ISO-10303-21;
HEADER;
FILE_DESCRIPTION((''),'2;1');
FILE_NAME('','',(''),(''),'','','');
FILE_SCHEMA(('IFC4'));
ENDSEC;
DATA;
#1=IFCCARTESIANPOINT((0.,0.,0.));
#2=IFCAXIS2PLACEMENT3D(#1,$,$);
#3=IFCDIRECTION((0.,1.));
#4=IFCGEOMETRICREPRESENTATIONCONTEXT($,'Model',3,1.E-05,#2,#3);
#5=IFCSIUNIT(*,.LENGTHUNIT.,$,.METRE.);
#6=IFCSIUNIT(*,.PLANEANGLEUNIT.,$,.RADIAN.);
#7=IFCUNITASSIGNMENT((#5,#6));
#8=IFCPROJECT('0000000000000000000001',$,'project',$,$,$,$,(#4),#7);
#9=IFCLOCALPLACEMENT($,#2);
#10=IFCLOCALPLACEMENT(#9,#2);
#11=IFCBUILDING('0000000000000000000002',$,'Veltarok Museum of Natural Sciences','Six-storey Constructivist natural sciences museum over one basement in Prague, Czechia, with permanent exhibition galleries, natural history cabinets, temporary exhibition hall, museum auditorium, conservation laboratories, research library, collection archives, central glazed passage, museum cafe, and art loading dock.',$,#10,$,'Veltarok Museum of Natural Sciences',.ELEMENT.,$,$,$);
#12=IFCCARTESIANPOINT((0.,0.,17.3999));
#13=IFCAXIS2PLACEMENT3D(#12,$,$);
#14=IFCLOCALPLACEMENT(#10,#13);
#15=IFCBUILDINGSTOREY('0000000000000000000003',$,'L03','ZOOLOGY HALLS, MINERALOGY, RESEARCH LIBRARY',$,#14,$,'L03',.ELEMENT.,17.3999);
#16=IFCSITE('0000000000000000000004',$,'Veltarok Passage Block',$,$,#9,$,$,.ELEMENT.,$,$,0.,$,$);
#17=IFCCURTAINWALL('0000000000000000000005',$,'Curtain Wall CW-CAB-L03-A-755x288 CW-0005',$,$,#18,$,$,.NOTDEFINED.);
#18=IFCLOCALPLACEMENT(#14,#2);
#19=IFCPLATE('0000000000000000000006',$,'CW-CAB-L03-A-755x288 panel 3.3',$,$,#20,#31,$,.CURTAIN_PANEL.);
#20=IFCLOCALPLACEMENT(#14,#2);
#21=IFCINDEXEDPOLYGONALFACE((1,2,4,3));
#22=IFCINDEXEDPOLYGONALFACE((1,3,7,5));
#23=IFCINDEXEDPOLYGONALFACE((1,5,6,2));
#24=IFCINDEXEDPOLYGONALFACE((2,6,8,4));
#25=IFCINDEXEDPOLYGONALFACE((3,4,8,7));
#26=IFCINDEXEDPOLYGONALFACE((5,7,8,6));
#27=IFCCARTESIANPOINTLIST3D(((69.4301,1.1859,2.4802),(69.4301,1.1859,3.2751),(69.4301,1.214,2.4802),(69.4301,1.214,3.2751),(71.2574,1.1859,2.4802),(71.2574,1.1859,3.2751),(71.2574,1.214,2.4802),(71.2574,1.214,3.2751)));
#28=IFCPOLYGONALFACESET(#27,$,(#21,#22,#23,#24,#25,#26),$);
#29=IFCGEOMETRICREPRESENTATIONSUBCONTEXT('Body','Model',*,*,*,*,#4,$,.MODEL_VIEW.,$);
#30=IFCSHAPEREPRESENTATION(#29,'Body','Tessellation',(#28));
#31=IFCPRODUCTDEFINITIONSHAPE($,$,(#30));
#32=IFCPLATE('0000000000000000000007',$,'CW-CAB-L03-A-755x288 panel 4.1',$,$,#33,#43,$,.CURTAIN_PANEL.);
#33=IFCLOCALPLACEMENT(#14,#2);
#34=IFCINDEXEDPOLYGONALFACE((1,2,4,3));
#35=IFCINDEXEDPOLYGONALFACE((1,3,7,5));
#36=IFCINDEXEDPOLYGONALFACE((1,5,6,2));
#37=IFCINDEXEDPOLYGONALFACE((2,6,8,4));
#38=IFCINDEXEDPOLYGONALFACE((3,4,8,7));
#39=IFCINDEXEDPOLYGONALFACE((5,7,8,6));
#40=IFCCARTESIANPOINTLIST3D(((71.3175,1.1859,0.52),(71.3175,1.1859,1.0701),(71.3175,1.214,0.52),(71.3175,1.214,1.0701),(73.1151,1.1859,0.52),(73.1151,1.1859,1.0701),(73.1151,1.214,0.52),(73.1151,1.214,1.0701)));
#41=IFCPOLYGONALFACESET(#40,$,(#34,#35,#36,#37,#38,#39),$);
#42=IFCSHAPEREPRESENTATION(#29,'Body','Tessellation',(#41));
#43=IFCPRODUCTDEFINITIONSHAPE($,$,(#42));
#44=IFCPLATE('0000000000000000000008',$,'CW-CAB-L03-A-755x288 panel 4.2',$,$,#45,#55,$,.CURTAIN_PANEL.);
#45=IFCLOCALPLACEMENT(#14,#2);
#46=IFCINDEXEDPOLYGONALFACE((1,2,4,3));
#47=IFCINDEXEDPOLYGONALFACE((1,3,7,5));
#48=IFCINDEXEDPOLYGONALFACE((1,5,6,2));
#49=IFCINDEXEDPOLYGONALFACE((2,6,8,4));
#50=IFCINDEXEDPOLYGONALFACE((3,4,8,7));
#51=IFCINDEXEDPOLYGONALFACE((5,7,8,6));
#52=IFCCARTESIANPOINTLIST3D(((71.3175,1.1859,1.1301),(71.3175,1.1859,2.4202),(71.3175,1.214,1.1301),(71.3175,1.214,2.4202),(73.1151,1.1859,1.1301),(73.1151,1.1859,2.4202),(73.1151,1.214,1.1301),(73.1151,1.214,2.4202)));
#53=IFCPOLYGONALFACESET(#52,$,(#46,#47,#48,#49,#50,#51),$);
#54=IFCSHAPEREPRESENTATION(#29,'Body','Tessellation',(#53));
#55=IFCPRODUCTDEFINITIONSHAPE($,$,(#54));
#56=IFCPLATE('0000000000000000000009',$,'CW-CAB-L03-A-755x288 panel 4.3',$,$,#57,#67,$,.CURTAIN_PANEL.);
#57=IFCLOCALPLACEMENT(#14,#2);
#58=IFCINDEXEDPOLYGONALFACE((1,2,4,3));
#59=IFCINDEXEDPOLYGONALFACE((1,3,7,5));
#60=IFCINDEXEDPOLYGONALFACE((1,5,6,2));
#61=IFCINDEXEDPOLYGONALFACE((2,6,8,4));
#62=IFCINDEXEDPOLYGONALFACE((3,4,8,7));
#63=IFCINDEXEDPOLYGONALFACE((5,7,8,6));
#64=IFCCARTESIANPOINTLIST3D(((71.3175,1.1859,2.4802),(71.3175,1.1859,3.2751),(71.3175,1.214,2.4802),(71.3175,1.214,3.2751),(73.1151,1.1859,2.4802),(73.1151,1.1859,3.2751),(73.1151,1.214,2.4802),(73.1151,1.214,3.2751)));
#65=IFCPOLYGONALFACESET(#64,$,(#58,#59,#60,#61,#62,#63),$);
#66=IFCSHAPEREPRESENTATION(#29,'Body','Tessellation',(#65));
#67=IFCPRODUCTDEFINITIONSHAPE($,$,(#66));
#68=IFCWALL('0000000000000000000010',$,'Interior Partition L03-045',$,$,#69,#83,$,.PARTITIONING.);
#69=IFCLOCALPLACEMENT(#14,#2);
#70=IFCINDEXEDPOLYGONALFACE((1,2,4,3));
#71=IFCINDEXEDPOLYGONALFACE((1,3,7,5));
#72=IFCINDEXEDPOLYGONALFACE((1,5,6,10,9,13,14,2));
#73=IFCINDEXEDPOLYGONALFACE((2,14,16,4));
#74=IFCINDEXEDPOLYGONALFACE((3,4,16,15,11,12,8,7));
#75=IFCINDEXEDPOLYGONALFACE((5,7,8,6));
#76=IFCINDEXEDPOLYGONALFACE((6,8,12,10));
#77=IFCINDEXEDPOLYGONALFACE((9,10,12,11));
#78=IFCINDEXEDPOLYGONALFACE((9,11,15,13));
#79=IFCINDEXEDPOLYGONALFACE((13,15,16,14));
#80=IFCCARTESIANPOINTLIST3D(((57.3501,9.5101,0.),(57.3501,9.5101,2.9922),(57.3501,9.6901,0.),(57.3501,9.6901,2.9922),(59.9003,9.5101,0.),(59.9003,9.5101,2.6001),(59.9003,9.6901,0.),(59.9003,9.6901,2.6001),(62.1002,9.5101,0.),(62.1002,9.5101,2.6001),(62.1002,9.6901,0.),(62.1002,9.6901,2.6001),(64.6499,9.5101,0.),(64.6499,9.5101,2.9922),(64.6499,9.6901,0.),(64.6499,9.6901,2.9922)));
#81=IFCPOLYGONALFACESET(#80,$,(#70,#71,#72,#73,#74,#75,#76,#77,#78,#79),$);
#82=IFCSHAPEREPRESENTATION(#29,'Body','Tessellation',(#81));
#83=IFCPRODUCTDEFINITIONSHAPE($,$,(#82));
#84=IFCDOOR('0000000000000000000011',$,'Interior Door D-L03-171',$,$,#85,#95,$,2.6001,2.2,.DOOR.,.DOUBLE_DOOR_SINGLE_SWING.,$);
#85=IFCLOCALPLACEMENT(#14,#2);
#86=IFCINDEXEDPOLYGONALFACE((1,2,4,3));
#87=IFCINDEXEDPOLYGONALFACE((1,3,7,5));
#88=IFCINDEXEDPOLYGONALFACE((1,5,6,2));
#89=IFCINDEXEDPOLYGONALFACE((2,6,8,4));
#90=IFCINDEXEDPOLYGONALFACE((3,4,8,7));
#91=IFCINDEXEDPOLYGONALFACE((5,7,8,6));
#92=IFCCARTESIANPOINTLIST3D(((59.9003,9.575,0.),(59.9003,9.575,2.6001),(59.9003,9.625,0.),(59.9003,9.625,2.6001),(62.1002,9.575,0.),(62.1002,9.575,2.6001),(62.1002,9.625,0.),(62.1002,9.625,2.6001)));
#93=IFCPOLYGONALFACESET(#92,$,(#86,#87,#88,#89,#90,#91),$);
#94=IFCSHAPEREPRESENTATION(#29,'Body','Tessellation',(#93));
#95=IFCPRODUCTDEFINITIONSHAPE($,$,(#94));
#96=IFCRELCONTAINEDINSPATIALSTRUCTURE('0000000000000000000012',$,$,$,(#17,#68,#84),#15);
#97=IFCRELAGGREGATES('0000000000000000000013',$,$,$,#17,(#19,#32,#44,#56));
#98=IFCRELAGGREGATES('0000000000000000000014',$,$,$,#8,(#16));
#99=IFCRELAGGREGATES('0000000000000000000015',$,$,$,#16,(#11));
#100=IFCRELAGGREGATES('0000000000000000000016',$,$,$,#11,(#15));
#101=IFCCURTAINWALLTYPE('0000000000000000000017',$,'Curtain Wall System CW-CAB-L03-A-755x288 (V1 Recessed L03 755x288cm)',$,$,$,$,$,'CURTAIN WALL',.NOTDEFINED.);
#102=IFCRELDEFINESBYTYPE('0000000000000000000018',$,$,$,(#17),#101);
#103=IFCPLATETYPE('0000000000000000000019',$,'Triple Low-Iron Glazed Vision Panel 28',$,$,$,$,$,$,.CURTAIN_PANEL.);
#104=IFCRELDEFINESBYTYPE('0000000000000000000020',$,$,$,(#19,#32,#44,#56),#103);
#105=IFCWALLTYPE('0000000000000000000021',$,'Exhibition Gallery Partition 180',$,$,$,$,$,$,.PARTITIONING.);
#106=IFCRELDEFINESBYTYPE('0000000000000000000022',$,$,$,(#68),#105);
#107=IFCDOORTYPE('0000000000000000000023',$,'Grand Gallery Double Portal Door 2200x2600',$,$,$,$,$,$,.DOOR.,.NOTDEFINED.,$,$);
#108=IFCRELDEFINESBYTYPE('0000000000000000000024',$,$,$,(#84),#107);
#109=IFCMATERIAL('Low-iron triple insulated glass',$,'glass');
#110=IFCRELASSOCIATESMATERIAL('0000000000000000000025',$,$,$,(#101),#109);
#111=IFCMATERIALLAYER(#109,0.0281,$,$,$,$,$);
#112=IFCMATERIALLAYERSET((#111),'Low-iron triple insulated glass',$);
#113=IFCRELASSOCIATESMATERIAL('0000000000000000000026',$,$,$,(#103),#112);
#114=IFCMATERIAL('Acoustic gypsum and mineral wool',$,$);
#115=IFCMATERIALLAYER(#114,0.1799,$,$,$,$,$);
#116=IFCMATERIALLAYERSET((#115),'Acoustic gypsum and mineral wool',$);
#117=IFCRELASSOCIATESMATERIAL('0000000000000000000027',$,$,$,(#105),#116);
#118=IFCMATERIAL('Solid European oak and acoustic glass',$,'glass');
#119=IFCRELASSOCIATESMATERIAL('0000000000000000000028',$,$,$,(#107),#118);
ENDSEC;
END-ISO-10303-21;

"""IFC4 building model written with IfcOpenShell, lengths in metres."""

from ifc_helpers import new_model, si_unit, direction, frame, frame_2d, origin, origin_2d, place, context, subcontext, project, spatial, rectangle, extrude, material, layer, layer_set, type_object, element, fill, aggregate, save


model = new_model("IFC4")

# Units and contexts
model_context = context("Model", 3, precision=1e-05, world=origin(), true_north=direction((0.0, 1.0)))
body_context = subcontext(model_context, "Body", "Model", "MODEL_VIEW")
ifc_project = project(units=[si_unit("LENGTHUNIT", "METRE"), si_unit("PLANEANGLEUNIT", "RADIAN")], contexts=[model_context])

# Site, building, storey
site_placement = place(None, origin())
site = spatial("IfcSite", under=ifc_project, at=site_placement, Name="Veltarok Passage Block", CompositionType="ELEMENT", RefElevation=0.0)
building_placement = place(site_placement, origin())
building = spatial("IfcBuilding", under=site, at=building_placement, Name="Veltarok Museum of Natural Sciences", Description="Six-storey Constructivist natural sciences museum over one basement in Prague, Czechia, with permanent exhibition galleries, natural history cabinets, temporary exhibition hall, museum auditorium, conservation laboratories, research library, collection archives, central glazed passage, museum cafe, and art loading dock.", LongName="Veltarok Museum of Natural Sciences", CompositionType="ELEMENT")
storey_placement = place(building_placement, frame((0.0, 0.0, 17.3999)))
storey = spatial("IfcBuildingStorey", under=building, at=storey_placement, Name="L03", Description="ZOOLOGY HALLS, MINERALOGY, RESEARCH LIBRARY", LongName="L03", CompositionType="ELEMENT", Elevation=17.3999)

# Curtain wall
ifc_material_1 = material(Name="Low-iron triple insulated glass", Category="glass")
curtain_wall_type = type_object("IfcCurtainWallType", Name="Curtain Wall System CW-CAB-L03-A-755x288 (V1 Recessed L03 755x288cm)", ElementType="CURTAIN WALL", PredefinedType="NOTDEFINED", material=ifc_material_1)
curtain_wall_placement = place(storey_placement, origin())
curtain_wall = element("IfcCurtainWall", 1, at=curtain_wall_placement, inside=storey, type_object=curtain_wall_type, Name="Curtain Wall CW-CAB-L03-A-755x288 CW-0005", PredefinedType="NOTDEFINED")

# Plates
ifc_layer_1 = layer(ifc_material_1, 0.0281)
ifc_layer_set_1 = layer_set([ifc_layer_1], Name="Low-iron triple insulated glass")
plate_type = type_object("IfcPlateType", Name="Triple Low-Iron Glazed Vision Panel 28", PredefinedType="CURTAIN_PANEL", material=ifc_layer_set_1)
plate_1_placement = place(storey_placement, frame((70.3438, 1.2, 2.4802), z_axis=(0.0, 0.0, 1.0), x_axis=(1.0, 0.0, 0.0)))
plate_1 = element("IfcPlate", 2, at=plate_1_placement, type_object=plate_type, Name="CW-CAB-L03-A-755x288 panel 3.3", PredefinedType="CURTAIN_PANEL", context=body_context, shape_type="SweptSolid", body=[
    extrude(rectangle(XDim=1.8274, YDim=0.0281, at=origin_2d()), origin(), (0.0, 0.0, 1.0), 0.7949),
])
plate_2_placement = place(storey_placement, frame((72.2163, 1.2, 0.52), z_axis=(0.0, 0.0, 1.0), x_axis=(1.0, 0.0, 0.0)))
plate_2 = element("IfcPlate", 3, at=plate_2_placement, type_object=plate_type, Name="CW-CAB-L03-A-755x288 panel 4.1", PredefinedType="CURTAIN_PANEL", context=body_context, shape_type="SweptSolid", body=[
    extrude(rectangle(XDim=1.7976, YDim=0.0281, at=origin_2d()), origin(), (0.0, 0.0, 1.0), 0.55),
])
plate_3_placement = place(storey_placement, frame((72.2163, 1.2, 1.1301), z_axis=(0.0, 0.0, 1.0), x_axis=(1.0, 0.0, 0.0)))
plate_3 = element("IfcPlate", 4, at=plate_3_placement, type_object=plate_type, Name="CW-CAB-L03-A-755x288 panel 4.2", PredefinedType="CURTAIN_PANEL", context=body_context, shape_type="SweptSolid", body=[
    extrude(rectangle(XDim=1.7976, YDim=0.0281, at=origin_2d()), origin(), (0.0, 0.0, 1.0), 1.29),
])
plate_4_placement = place(storey_placement, frame((72.2163, 1.2, 2.4802), z_axis=(0.0, 0.0, 1.0), x_axis=(1.0, 0.0, 0.0)))
plate_4 = element("IfcPlate", 5, at=plate_4_placement, type_object=plate_type, Name="CW-CAB-L03-A-755x288 panel 4.3", PredefinedType="CURTAIN_PANEL", context=body_context, shape_type="SweptSolid", body=[
    extrude(rectangle(XDim=1.7976, YDim=0.0281, at=origin_2d()), origin(), (0.0, 0.0, 1.0), 0.7949),
])
aggregate(curtain_wall, [plate_1, plate_2, plate_3, plate_4])

# Wall, opening, door
ifc_material_2 = material(Name="Acoustic gypsum and mineral wool")
ifc_layer_2 = layer(ifc_material_2, 0.1799)
ifc_layer_set_2 = layer_set([ifc_layer_2], Name="Acoustic gypsum and mineral wool")
wall_type = type_object("IfcWallType", Name="Exhibition Gallery Partition 180", PredefinedType="PARTITIONING", material=ifc_layer_set_2)
wall_placement = place(storey_placement, frame((57.3501, 9.6001, 0.0), z_axis=(0.0, 0.0, 1.0), x_axis=(1.0, 0.0, 0.0)))
wall = element("IfcWall", 6, at=wall_placement, inside=storey, type_object=wall_type, Name="Interior Partition L03-045", PredefinedType="PARTITIONING", context=body_context, shape_type="SweptSolid", body=[
    extrude(rectangle(XDim=7.2998, YDim=0.1799, at=frame_2d((3.6499, 0.0))), origin(), (0.0, 0.0, 1.0), 2.9922),
])
opening_placement = place(wall_placement, frame((2.55, 0.0, 0.0)))
opening = element("IfcOpeningElement", 7, at=opening_placement, cuts=wall, PredefinedType="OPENING", context=body_context, shape_type="SweptSolid", body=[
    extrude(rectangle(XDim=2.2, YDim=2.6001, at=frame_2d((1.1001, 1.3))), frame((0.0, 0.1001, 0.0), z_axis=(0.0, -1.0, 0.0), x_axis=(1.0, 0.0, 0.0)), (0.0, 0.0, 1.0), 0.2),
])
ifc_material_3 = material(Name="Solid European oak and acoustic glass", Category="glass")
door_type = type_object("IfcDoorType", Name="Grand Gallery Double Portal Door 2200x2600", OperationType="NOTDEFINED", PredefinedType="DOOR", material=ifc_material_3)
door_placement = place(opening_placement, origin())
door = element("IfcDoor", 8, at=door_placement, inside=storey, type_object=door_type, Name="Interior Door D-L03-171", OperationType="DOUBLE_DOOR_SINGLE_SWING", OverallHeight=2.6001, OverallWidth=2.2, PredefinedType="DOOR", context=body_context, shape_type="SweptSolid", body=[
    extrude(rectangle(XDim=2.2, YDim=2.6001, at=frame_2d((1.1001, 1.3))), frame((0.0, 0.0249, 0.0), z_axis=(0.0, -1.0, 0.0), x_axis=(1.0, 0.0, 0.0)), (0.0, 0.0, 1.0), 0.05),
])
fill(opening, door)

save(model, "model.ifc")
